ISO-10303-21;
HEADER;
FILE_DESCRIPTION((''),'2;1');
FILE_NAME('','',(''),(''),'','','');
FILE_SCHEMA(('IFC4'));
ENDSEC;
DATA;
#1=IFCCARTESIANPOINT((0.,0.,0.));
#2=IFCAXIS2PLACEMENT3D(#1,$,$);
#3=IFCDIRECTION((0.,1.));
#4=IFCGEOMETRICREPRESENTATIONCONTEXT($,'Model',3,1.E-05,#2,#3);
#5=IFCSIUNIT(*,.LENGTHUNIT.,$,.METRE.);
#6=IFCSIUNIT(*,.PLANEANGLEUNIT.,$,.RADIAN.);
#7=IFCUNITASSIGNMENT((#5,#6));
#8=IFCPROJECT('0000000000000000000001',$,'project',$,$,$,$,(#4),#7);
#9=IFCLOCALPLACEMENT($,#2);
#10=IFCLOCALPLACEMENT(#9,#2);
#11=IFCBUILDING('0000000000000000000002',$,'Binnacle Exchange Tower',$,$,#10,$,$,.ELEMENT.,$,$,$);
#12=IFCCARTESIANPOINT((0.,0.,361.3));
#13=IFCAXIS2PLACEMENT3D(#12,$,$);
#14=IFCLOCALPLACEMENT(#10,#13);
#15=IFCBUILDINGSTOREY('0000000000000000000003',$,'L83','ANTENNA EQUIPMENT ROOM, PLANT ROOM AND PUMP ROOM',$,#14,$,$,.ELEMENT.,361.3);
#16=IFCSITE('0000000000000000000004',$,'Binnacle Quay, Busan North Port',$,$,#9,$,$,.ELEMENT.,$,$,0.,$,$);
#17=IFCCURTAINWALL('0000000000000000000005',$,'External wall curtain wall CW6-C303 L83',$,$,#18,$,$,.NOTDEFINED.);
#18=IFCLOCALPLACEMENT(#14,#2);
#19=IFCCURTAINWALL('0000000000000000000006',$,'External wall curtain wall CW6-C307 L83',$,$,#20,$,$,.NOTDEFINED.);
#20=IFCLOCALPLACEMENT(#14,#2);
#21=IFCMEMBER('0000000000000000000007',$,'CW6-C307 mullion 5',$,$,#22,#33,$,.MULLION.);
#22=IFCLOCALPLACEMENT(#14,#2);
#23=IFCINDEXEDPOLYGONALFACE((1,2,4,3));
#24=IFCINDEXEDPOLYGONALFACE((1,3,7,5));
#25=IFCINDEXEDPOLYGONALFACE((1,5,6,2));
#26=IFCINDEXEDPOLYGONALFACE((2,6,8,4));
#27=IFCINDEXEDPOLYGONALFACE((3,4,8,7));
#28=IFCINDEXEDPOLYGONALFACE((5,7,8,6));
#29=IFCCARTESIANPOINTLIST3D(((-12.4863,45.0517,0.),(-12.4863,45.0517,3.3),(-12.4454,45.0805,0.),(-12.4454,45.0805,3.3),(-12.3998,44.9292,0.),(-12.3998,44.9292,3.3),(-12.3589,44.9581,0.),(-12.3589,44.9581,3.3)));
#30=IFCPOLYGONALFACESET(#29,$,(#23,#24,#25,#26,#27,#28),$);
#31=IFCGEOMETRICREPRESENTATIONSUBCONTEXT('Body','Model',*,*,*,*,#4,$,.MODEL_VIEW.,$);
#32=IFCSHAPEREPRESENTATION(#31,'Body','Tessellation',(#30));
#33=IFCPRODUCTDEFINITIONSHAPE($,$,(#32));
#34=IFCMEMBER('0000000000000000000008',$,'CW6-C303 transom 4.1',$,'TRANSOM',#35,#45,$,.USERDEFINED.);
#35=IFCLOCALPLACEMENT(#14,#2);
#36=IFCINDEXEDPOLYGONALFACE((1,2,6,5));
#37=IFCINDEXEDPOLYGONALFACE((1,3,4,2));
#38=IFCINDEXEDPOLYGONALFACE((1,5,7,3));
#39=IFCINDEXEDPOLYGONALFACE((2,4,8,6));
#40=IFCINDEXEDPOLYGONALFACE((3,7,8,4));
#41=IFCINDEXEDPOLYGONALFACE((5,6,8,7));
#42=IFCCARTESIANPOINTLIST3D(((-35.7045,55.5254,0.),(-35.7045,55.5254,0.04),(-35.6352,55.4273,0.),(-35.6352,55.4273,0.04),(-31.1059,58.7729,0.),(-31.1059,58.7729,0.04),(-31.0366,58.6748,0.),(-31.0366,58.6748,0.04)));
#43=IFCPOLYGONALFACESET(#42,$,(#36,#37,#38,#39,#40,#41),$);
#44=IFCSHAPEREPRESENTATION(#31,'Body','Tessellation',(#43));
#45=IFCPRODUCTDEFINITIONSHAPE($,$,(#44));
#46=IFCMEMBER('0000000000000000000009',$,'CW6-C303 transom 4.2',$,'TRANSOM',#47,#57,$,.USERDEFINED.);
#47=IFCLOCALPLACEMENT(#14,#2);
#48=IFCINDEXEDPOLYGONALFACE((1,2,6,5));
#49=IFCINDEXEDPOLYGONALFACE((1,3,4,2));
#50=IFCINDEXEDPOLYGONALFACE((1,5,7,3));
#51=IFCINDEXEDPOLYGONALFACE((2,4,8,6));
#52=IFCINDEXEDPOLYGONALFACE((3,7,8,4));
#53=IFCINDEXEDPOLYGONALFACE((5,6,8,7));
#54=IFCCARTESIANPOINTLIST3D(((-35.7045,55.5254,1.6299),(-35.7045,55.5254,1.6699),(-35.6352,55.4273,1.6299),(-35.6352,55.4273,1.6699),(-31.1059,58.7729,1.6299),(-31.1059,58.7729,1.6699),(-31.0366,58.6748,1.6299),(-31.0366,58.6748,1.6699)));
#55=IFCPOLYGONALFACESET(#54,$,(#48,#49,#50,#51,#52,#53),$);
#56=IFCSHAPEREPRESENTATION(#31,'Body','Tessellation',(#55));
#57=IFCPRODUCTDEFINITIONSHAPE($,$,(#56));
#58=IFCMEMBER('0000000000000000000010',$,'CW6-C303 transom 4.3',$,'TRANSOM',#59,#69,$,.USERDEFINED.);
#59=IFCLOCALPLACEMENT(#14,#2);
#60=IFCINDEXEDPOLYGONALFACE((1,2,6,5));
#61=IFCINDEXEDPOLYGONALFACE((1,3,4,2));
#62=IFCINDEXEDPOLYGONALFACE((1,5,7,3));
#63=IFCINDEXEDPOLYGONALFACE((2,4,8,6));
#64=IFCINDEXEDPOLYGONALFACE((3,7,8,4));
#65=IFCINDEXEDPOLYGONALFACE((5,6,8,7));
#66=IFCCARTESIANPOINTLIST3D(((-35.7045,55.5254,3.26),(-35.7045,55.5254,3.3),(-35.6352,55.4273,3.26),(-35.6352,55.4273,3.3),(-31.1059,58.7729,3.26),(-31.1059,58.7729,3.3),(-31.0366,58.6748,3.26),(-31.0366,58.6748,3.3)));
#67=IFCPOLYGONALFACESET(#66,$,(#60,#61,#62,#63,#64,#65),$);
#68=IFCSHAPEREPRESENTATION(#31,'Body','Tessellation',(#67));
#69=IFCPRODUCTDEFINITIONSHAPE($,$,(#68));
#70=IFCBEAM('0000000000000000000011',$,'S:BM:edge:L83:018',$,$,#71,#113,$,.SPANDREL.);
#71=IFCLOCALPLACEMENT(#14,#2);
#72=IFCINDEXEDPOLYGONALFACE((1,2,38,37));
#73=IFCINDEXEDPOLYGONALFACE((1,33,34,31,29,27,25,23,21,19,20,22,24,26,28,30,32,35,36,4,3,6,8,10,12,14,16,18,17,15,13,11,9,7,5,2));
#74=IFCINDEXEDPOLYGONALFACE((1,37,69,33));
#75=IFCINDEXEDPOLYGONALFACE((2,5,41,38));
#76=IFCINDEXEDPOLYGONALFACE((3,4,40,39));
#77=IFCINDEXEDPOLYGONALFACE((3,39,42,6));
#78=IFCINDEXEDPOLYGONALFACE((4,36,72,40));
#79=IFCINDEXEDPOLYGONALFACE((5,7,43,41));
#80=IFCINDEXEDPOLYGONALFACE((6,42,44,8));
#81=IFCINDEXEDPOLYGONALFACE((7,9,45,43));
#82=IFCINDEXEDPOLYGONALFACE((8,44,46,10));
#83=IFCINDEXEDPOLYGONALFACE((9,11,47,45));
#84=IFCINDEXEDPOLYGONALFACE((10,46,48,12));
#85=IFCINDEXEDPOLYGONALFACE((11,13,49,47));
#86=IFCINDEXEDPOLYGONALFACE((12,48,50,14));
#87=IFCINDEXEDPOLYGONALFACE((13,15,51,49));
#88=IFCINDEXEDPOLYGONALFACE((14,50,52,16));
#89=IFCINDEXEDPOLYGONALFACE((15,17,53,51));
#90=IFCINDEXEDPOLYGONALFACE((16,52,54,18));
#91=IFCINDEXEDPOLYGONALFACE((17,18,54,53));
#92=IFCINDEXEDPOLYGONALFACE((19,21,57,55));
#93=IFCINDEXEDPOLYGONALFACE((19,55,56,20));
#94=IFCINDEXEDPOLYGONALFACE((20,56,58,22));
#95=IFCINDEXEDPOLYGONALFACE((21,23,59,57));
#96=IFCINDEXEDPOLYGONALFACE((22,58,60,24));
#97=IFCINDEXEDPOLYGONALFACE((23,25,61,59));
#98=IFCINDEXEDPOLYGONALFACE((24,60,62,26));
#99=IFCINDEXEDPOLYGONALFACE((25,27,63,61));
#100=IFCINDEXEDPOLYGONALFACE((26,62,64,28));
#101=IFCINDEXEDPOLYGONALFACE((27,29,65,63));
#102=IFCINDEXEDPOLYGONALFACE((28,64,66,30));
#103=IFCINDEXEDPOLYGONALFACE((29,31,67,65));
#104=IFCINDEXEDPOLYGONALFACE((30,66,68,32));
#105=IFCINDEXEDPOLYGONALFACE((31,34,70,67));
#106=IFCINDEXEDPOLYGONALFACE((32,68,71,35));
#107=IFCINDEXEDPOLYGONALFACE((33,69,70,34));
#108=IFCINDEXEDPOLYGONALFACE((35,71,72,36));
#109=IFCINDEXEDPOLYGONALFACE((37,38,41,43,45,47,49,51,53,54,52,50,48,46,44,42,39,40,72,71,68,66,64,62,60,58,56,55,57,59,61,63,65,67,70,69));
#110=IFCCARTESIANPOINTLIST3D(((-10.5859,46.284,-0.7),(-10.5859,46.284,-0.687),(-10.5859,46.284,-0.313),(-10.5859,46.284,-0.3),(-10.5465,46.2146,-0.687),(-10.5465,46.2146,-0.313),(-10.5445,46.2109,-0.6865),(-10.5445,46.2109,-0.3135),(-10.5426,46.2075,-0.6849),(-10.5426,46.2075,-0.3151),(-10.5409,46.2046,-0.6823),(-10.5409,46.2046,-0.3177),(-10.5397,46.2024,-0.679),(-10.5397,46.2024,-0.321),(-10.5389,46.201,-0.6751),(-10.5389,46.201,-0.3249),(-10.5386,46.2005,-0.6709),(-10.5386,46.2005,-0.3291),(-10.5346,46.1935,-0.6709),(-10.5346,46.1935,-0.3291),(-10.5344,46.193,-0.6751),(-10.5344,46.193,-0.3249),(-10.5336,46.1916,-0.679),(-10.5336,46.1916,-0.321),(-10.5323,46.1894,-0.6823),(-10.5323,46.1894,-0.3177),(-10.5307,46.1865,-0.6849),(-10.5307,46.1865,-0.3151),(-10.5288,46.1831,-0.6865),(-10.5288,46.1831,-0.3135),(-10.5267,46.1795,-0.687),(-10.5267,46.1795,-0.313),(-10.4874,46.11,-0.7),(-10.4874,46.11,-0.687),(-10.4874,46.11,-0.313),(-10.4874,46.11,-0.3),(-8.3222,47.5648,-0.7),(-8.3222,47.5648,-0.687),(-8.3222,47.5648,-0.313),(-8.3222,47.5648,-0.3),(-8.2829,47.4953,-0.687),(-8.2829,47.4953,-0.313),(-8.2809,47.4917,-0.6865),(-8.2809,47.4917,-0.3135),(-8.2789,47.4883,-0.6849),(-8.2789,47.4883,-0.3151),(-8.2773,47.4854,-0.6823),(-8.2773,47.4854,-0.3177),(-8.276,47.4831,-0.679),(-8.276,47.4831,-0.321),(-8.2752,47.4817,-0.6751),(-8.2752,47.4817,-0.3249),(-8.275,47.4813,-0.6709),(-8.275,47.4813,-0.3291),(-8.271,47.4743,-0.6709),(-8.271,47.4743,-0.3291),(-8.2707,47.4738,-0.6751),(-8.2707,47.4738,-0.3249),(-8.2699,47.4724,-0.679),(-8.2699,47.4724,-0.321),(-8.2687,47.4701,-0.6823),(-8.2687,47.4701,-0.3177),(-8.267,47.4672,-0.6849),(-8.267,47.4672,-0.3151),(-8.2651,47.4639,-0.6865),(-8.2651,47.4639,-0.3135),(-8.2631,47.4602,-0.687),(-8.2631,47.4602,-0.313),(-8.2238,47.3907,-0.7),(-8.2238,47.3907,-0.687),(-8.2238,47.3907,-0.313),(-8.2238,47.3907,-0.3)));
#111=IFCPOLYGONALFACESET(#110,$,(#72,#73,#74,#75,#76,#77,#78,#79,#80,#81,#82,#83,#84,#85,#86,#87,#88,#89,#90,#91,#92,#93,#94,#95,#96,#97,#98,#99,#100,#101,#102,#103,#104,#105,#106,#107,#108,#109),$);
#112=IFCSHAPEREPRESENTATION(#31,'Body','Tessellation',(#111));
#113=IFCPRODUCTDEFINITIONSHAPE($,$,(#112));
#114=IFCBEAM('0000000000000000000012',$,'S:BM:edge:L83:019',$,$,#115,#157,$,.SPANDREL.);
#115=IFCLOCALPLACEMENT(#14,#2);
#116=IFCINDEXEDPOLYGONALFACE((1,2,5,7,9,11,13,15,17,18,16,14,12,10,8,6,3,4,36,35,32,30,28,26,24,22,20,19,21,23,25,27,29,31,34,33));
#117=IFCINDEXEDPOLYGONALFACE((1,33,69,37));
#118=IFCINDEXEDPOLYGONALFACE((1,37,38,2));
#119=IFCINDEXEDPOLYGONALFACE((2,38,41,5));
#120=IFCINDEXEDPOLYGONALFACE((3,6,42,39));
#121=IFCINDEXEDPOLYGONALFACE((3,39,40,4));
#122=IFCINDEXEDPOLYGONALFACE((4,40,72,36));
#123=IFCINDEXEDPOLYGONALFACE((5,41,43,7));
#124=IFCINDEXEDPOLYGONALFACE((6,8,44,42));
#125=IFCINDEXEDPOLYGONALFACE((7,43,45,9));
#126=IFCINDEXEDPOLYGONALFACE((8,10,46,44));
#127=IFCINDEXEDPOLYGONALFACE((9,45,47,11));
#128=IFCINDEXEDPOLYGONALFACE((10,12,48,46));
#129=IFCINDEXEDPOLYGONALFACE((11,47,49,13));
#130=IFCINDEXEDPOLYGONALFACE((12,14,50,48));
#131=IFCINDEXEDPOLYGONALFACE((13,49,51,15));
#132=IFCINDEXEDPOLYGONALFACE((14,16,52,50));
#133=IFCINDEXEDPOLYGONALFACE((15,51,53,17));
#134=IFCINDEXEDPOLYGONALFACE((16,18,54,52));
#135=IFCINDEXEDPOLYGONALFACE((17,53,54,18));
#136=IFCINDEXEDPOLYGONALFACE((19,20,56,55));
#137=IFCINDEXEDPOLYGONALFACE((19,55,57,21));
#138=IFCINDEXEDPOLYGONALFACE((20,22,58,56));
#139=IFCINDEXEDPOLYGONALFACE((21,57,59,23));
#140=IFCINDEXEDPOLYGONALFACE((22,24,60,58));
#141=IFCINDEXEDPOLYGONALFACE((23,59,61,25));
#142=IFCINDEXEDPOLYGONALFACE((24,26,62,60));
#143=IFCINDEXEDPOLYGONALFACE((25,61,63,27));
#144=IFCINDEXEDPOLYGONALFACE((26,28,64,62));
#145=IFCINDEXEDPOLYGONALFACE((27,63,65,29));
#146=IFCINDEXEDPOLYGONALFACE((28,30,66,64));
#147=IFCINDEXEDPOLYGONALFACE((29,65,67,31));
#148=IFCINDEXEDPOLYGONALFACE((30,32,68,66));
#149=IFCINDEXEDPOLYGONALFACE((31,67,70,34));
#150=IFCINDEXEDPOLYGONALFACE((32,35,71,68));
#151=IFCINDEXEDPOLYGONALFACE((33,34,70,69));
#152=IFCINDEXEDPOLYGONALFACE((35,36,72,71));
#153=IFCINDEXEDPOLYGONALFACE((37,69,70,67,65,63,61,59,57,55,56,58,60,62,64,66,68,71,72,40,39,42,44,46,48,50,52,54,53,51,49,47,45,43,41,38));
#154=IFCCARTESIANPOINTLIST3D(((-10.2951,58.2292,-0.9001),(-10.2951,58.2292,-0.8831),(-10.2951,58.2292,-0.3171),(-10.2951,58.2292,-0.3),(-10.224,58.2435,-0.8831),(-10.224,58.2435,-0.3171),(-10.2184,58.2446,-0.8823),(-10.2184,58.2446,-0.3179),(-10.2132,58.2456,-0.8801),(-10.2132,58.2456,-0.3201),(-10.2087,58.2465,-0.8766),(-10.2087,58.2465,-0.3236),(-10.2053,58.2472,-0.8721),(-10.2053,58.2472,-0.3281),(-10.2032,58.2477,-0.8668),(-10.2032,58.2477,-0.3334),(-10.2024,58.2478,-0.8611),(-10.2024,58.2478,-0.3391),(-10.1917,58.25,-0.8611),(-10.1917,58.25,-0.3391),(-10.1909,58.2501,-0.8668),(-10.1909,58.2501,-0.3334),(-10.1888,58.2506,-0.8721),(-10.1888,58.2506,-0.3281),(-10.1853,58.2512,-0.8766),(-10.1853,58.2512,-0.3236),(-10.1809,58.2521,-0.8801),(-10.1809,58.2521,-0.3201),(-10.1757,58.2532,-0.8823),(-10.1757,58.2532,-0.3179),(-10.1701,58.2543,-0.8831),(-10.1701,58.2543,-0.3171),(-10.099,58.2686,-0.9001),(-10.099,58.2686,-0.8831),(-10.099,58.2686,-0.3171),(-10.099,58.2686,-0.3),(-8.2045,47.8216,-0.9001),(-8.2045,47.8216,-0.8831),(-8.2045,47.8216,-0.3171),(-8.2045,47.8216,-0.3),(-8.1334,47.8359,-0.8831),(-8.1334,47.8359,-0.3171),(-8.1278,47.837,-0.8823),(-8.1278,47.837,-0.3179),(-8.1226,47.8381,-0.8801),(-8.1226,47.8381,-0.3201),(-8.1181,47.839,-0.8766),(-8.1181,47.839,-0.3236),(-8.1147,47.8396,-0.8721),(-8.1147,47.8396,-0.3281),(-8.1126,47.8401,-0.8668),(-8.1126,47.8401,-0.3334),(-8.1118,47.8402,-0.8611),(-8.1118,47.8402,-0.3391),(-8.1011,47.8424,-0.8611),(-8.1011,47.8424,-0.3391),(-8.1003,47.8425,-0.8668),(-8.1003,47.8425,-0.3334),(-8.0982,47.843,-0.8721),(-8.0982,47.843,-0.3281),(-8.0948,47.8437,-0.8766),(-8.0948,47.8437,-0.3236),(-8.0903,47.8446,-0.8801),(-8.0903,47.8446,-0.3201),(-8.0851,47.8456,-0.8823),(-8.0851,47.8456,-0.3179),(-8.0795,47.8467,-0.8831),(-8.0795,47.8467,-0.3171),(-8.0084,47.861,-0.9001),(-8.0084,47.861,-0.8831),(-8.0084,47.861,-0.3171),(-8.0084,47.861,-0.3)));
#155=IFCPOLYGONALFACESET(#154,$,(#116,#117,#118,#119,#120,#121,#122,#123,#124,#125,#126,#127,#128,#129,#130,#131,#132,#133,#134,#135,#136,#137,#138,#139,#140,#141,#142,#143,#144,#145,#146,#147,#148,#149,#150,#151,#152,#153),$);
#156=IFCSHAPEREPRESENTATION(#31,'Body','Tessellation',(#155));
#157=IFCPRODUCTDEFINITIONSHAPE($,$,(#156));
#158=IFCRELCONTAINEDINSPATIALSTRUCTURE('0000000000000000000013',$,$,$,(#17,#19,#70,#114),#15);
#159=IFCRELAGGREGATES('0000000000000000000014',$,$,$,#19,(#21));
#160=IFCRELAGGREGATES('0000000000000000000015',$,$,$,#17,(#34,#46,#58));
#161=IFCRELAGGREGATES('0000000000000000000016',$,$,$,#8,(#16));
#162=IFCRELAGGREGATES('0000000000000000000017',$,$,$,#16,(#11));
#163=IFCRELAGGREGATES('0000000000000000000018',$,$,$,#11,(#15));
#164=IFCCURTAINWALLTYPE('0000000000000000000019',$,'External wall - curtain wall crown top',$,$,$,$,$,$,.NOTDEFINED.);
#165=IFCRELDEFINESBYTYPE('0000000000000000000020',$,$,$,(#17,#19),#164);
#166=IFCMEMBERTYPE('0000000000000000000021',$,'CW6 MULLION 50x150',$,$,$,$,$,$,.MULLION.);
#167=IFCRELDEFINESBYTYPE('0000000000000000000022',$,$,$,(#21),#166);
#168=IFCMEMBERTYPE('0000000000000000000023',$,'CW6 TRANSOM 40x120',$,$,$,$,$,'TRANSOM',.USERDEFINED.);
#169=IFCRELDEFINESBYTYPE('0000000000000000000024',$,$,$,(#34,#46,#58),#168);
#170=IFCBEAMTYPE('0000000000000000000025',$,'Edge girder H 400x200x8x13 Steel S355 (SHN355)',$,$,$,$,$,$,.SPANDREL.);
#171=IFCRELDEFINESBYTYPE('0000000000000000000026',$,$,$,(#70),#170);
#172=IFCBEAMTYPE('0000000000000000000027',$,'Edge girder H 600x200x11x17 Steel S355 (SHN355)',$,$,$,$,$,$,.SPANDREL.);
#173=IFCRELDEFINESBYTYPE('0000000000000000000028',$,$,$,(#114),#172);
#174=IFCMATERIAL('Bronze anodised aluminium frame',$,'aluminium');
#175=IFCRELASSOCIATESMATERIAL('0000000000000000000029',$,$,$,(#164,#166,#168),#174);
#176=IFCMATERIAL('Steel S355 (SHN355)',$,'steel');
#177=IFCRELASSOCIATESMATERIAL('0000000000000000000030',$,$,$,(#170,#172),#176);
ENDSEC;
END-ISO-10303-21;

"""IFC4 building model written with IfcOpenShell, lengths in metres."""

from ifc_helpers import new_model, si_unit, direction, frame, origin, origin_2d, place, context, subcontext, project, spatial, rectangle, i_section, extrude, material, material_profile, profile_set, type_object, element, aggregate, save


model = new_model("IFC4")

# Units and contexts
model_context = context("Model", 3, precision=1e-05, world=origin(), true_north=direction((0.0, 1.0)))
body_context = subcontext(model_context, "Body", "Model", "MODEL_VIEW")
ifc_project = project(units=[si_unit("LENGTHUNIT", "METRE"), si_unit("PLANEANGLEUNIT", "RADIAN")], contexts=[model_context])

# Site, building, storey
site_placement = place(None, origin())
site = spatial("IfcSite", under=ifc_project, at=site_placement, Name="Binnacle Quay, Busan North Port", CompositionType="ELEMENT", RefElevation=0.0)
building_placement = place(site_placement, origin())
building = spatial("IfcBuilding", under=site, at=building_placement, Name="Binnacle Exchange Tower", CompositionType="ELEMENT")
storey_placement = place(building_placement, frame((0.0, 0.0, 361.3)))
storey = spatial("IfcBuildingStorey", under=building, at=storey_placement, Name="L83", Description="ANTENNA EQUIPMENT ROOM, PLANT ROOM AND PUMP ROOM", CompositionType="ELEMENT", Elevation=361.3)

# Shared definitions
ifc_material_1 = material(Name="Steel S355 (SHN355)", Category="steel")

# Curtain walls, member
ifc_material_2 = material(Name="Bronze anodised aluminium frame", Category="aluminium")
curtain_wall_type = type_object("IfcCurtainWallType", Name="External wall - curtain wall crown top", PredefinedType="NOTDEFINED", material=ifc_material_2)
curtain_wall_1_placement = place(storey_placement, origin())
curtain_wall_1 = element("IfcCurtainWall", 1, at=curtain_wall_1_placement, inside=storey, type_object=curtain_wall_type, Name="External wall curtain wall CW6-C303 L83", PredefinedType="NOTDEFINED")
ifc_material_profile_1 = material_profile(ifc_material_2, rectangle(XDim=0.1499, YDim=0.05, at=origin_2d()), Name="AL 50x150")
ifc_profile_set_1 = profile_set([ifc_material_profile_1], Name="Bronze anodised aluminium frame")
member_type_1 = type_object("IfcMemberType", Name="CW6 MULLION 50x150", PredefinedType="MULLION", material=ifc_profile_set_1)
curtain_wall_2_placement = place(storey_placement, origin())
curtain_wall_2 = element("IfcCurtainWall", 2, at=curtain_wall_2_placement, inside=storey, type_object=curtain_wall_type, Name="External wall curtain wall CW6-C307 L83", PredefinedType="NOTDEFINED")
member_1_placement = place(storey_placement, frame((-12.4226, 45.0049, 0.0), z_axis=(0.0, 0.0, 1.0), x_axis=(-0.576854, 0.816847, 0.0)))
member_1 = element("IfcMember", 3, at=member_1_placement, type_object=member_type_1, Name="CW6-C307 mullion 5", PredefinedType="MULLION", context=body_context, shape_type="SweptSolid", body=[
    extrude(rectangle(XDim=0.1499, YDim=0.05, at=origin_2d()), origin(), (0.0, 0.0, 1.0), 3.3),
])
aggregate(curtain_wall_2, [member_1])

# Members
ifc_material_profile_2 = material_profile(ifc_material_2, rectangle(XDim=0.1201, YDim=0.04, at=origin_2d()), Name="AL 120x40")
ifc_profile_set_2 = profile_set([ifc_material_profile_2], Name="Bronze anodised aluminium frame")
member_type_2 = type_object("IfcMemberType", Name="CW6 TRANSOM 40x120", ElementType="TRANSOM", PredefinedType="USERDEFINED", material=ifc_profile_set_2)
member_2_placement = place(storey_placement, frame((-31.0713, 58.7239, 0.02), z_axis=(-0.816845, -0.576857, 0.0), x_axis=(0.576857, -0.816845, 0.0)))
member_2 = element("IfcMember", 4, at=member_2_placement, type_object=member_type_2, Name="CW6-C303 transom 4.1", ObjectType="TRANSOM", PredefinedType="USERDEFINED", context=body_context, shape_type="SweptSolid", body=[
    extrude(rectangle(XDim=0.1201, YDim=0.04, at=origin_2d()), origin(), (0.0, 0.0, 1.0), 5.6296),
])
member_3_placement = place(storey_placement, frame((-31.0713, 58.7239, 1.6499), z_axis=(-0.816845, -0.576857, 0.0), x_axis=(0.576857, -0.816845, 0.0)))
member_3 = element("IfcMember", 5, at=member_3_placement, type_object=member_type_2, Name="CW6-C303 transom 4.2", ObjectType="TRANSOM", PredefinedType="USERDEFINED", context=body_context, shape_type="SweptSolid", body=[
    extrude(rectangle(XDim=0.1201, YDim=0.04, at=origin_2d()), origin(), (0.0, 0.0, 1.0), 5.6296),
])
member_4_placement = place(storey_placement, frame((-31.0713, 58.7239, 3.28), z_axis=(-0.816845, -0.576857, 0.0), x_axis=(0.576857, -0.816845, 0.0)))
member_4 = element("IfcMember", 6, at=member_4_placement, type_object=member_type_2, Name="CW6-C303 transom 4.3", ObjectType="TRANSOM", PredefinedType="USERDEFINED", context=body_context, shape_type="SweptSolid", body=[
    extrude(rectangle(XDim=0.1201, YDim=0.04, at=origin_2d()), origin(), (0.0, 0.0, 1.0), 5.6296),
])

# Beams
ifc_material_profile_3 = material_profile(ifc_material_1, i_section(OverallWidth=0.2, OverallDepth=0.3999, WebThickness=0.0081, FlangeThickness=0.0129, FilletRadius=0.0161, at=origin_2d()), Name="H 400x200x8x13")
ifc_profile_set_3 = profile_set([ifc_material_profile_3], Name="Steel S355 (SHN355)")
beam_type_1 = type_object("IfcBeamType", Name="Edge girder H 400x200x8x13 Steel S355 (SHN355)", PredefinedType="SPANDREL", material=ifc_profile_set_3)
beam_1_placement = place(storey_placement, frame((-10.5366, 46.197, -0.5), z_axis=(0.870349, 0.492435, 0.0), x_axis=(-0.492435, 0.870349, 0.0)))
element("IfcBeam", 7, at=beam_1_placement, inside=storey, type_object=beam_type_1, Name="S:BM:edge:L83:018", PredefinedType="SPANDREL", context=body_context, shape_type="SweptSolid", body=[
    extrude(i_section(OverallWidth=0.2, OverallDepth=0.3999, WebThickness=0.0081, FlangeThickness=0.0129, FilletRadius=0.0161, at=origin_2d()), origin(), (0.0, 0.0, 1.0), 2.6008),
])
ifc_material_profile_4 = material_profile(ifc_material_1, i_section(OverallWidth=0.2, OverallDepth=0.6001, WebThickness=0.011, FlangeThickness=0.0171, FilletRadius=0.022, at=origin_2d()), Name="H 600x200x11x17")
ifc_profile_set_4 = profile_set([ifc_material_profile_4], Name="Steel S355 (SHN355)")
beam_type_2 = type_object("IfcBeamType", Name="Edge girder H 600x200x11x17 Steel S355 (SHN355)", PredefinedType="SPANDREL", material=ifc_profile_set_4)
beam_2_placement = place(storey_placement, frame((-8.1064, 47.8413, -0.6001), z_axis=(-0.196939, 0.980416, 0.0), x_axis=(-0.980416, -0.196939, 0.0)))
element("IfcBeam", 8, at=beam_2_placement, inside=storey, type_object=beam_type_2, Name="S:BM:edge:L83:019", PredefinedType="SPANDREL", context=body_context, shape_type="SweptSolid", body=[
    extrude(i_section(OverallWidth=0.2, OverallDepth=0.6001, WebThickness=0.011, FlangeThickness=0.0171, FilletRadius=0.022, at=origin_2d()), origin(), (0.0, 0.0, 1.0), 10.6155),
])

aggregate(curtain_wall_1, [member_2, member_3, member_4])

save(model, "model.ifc")
